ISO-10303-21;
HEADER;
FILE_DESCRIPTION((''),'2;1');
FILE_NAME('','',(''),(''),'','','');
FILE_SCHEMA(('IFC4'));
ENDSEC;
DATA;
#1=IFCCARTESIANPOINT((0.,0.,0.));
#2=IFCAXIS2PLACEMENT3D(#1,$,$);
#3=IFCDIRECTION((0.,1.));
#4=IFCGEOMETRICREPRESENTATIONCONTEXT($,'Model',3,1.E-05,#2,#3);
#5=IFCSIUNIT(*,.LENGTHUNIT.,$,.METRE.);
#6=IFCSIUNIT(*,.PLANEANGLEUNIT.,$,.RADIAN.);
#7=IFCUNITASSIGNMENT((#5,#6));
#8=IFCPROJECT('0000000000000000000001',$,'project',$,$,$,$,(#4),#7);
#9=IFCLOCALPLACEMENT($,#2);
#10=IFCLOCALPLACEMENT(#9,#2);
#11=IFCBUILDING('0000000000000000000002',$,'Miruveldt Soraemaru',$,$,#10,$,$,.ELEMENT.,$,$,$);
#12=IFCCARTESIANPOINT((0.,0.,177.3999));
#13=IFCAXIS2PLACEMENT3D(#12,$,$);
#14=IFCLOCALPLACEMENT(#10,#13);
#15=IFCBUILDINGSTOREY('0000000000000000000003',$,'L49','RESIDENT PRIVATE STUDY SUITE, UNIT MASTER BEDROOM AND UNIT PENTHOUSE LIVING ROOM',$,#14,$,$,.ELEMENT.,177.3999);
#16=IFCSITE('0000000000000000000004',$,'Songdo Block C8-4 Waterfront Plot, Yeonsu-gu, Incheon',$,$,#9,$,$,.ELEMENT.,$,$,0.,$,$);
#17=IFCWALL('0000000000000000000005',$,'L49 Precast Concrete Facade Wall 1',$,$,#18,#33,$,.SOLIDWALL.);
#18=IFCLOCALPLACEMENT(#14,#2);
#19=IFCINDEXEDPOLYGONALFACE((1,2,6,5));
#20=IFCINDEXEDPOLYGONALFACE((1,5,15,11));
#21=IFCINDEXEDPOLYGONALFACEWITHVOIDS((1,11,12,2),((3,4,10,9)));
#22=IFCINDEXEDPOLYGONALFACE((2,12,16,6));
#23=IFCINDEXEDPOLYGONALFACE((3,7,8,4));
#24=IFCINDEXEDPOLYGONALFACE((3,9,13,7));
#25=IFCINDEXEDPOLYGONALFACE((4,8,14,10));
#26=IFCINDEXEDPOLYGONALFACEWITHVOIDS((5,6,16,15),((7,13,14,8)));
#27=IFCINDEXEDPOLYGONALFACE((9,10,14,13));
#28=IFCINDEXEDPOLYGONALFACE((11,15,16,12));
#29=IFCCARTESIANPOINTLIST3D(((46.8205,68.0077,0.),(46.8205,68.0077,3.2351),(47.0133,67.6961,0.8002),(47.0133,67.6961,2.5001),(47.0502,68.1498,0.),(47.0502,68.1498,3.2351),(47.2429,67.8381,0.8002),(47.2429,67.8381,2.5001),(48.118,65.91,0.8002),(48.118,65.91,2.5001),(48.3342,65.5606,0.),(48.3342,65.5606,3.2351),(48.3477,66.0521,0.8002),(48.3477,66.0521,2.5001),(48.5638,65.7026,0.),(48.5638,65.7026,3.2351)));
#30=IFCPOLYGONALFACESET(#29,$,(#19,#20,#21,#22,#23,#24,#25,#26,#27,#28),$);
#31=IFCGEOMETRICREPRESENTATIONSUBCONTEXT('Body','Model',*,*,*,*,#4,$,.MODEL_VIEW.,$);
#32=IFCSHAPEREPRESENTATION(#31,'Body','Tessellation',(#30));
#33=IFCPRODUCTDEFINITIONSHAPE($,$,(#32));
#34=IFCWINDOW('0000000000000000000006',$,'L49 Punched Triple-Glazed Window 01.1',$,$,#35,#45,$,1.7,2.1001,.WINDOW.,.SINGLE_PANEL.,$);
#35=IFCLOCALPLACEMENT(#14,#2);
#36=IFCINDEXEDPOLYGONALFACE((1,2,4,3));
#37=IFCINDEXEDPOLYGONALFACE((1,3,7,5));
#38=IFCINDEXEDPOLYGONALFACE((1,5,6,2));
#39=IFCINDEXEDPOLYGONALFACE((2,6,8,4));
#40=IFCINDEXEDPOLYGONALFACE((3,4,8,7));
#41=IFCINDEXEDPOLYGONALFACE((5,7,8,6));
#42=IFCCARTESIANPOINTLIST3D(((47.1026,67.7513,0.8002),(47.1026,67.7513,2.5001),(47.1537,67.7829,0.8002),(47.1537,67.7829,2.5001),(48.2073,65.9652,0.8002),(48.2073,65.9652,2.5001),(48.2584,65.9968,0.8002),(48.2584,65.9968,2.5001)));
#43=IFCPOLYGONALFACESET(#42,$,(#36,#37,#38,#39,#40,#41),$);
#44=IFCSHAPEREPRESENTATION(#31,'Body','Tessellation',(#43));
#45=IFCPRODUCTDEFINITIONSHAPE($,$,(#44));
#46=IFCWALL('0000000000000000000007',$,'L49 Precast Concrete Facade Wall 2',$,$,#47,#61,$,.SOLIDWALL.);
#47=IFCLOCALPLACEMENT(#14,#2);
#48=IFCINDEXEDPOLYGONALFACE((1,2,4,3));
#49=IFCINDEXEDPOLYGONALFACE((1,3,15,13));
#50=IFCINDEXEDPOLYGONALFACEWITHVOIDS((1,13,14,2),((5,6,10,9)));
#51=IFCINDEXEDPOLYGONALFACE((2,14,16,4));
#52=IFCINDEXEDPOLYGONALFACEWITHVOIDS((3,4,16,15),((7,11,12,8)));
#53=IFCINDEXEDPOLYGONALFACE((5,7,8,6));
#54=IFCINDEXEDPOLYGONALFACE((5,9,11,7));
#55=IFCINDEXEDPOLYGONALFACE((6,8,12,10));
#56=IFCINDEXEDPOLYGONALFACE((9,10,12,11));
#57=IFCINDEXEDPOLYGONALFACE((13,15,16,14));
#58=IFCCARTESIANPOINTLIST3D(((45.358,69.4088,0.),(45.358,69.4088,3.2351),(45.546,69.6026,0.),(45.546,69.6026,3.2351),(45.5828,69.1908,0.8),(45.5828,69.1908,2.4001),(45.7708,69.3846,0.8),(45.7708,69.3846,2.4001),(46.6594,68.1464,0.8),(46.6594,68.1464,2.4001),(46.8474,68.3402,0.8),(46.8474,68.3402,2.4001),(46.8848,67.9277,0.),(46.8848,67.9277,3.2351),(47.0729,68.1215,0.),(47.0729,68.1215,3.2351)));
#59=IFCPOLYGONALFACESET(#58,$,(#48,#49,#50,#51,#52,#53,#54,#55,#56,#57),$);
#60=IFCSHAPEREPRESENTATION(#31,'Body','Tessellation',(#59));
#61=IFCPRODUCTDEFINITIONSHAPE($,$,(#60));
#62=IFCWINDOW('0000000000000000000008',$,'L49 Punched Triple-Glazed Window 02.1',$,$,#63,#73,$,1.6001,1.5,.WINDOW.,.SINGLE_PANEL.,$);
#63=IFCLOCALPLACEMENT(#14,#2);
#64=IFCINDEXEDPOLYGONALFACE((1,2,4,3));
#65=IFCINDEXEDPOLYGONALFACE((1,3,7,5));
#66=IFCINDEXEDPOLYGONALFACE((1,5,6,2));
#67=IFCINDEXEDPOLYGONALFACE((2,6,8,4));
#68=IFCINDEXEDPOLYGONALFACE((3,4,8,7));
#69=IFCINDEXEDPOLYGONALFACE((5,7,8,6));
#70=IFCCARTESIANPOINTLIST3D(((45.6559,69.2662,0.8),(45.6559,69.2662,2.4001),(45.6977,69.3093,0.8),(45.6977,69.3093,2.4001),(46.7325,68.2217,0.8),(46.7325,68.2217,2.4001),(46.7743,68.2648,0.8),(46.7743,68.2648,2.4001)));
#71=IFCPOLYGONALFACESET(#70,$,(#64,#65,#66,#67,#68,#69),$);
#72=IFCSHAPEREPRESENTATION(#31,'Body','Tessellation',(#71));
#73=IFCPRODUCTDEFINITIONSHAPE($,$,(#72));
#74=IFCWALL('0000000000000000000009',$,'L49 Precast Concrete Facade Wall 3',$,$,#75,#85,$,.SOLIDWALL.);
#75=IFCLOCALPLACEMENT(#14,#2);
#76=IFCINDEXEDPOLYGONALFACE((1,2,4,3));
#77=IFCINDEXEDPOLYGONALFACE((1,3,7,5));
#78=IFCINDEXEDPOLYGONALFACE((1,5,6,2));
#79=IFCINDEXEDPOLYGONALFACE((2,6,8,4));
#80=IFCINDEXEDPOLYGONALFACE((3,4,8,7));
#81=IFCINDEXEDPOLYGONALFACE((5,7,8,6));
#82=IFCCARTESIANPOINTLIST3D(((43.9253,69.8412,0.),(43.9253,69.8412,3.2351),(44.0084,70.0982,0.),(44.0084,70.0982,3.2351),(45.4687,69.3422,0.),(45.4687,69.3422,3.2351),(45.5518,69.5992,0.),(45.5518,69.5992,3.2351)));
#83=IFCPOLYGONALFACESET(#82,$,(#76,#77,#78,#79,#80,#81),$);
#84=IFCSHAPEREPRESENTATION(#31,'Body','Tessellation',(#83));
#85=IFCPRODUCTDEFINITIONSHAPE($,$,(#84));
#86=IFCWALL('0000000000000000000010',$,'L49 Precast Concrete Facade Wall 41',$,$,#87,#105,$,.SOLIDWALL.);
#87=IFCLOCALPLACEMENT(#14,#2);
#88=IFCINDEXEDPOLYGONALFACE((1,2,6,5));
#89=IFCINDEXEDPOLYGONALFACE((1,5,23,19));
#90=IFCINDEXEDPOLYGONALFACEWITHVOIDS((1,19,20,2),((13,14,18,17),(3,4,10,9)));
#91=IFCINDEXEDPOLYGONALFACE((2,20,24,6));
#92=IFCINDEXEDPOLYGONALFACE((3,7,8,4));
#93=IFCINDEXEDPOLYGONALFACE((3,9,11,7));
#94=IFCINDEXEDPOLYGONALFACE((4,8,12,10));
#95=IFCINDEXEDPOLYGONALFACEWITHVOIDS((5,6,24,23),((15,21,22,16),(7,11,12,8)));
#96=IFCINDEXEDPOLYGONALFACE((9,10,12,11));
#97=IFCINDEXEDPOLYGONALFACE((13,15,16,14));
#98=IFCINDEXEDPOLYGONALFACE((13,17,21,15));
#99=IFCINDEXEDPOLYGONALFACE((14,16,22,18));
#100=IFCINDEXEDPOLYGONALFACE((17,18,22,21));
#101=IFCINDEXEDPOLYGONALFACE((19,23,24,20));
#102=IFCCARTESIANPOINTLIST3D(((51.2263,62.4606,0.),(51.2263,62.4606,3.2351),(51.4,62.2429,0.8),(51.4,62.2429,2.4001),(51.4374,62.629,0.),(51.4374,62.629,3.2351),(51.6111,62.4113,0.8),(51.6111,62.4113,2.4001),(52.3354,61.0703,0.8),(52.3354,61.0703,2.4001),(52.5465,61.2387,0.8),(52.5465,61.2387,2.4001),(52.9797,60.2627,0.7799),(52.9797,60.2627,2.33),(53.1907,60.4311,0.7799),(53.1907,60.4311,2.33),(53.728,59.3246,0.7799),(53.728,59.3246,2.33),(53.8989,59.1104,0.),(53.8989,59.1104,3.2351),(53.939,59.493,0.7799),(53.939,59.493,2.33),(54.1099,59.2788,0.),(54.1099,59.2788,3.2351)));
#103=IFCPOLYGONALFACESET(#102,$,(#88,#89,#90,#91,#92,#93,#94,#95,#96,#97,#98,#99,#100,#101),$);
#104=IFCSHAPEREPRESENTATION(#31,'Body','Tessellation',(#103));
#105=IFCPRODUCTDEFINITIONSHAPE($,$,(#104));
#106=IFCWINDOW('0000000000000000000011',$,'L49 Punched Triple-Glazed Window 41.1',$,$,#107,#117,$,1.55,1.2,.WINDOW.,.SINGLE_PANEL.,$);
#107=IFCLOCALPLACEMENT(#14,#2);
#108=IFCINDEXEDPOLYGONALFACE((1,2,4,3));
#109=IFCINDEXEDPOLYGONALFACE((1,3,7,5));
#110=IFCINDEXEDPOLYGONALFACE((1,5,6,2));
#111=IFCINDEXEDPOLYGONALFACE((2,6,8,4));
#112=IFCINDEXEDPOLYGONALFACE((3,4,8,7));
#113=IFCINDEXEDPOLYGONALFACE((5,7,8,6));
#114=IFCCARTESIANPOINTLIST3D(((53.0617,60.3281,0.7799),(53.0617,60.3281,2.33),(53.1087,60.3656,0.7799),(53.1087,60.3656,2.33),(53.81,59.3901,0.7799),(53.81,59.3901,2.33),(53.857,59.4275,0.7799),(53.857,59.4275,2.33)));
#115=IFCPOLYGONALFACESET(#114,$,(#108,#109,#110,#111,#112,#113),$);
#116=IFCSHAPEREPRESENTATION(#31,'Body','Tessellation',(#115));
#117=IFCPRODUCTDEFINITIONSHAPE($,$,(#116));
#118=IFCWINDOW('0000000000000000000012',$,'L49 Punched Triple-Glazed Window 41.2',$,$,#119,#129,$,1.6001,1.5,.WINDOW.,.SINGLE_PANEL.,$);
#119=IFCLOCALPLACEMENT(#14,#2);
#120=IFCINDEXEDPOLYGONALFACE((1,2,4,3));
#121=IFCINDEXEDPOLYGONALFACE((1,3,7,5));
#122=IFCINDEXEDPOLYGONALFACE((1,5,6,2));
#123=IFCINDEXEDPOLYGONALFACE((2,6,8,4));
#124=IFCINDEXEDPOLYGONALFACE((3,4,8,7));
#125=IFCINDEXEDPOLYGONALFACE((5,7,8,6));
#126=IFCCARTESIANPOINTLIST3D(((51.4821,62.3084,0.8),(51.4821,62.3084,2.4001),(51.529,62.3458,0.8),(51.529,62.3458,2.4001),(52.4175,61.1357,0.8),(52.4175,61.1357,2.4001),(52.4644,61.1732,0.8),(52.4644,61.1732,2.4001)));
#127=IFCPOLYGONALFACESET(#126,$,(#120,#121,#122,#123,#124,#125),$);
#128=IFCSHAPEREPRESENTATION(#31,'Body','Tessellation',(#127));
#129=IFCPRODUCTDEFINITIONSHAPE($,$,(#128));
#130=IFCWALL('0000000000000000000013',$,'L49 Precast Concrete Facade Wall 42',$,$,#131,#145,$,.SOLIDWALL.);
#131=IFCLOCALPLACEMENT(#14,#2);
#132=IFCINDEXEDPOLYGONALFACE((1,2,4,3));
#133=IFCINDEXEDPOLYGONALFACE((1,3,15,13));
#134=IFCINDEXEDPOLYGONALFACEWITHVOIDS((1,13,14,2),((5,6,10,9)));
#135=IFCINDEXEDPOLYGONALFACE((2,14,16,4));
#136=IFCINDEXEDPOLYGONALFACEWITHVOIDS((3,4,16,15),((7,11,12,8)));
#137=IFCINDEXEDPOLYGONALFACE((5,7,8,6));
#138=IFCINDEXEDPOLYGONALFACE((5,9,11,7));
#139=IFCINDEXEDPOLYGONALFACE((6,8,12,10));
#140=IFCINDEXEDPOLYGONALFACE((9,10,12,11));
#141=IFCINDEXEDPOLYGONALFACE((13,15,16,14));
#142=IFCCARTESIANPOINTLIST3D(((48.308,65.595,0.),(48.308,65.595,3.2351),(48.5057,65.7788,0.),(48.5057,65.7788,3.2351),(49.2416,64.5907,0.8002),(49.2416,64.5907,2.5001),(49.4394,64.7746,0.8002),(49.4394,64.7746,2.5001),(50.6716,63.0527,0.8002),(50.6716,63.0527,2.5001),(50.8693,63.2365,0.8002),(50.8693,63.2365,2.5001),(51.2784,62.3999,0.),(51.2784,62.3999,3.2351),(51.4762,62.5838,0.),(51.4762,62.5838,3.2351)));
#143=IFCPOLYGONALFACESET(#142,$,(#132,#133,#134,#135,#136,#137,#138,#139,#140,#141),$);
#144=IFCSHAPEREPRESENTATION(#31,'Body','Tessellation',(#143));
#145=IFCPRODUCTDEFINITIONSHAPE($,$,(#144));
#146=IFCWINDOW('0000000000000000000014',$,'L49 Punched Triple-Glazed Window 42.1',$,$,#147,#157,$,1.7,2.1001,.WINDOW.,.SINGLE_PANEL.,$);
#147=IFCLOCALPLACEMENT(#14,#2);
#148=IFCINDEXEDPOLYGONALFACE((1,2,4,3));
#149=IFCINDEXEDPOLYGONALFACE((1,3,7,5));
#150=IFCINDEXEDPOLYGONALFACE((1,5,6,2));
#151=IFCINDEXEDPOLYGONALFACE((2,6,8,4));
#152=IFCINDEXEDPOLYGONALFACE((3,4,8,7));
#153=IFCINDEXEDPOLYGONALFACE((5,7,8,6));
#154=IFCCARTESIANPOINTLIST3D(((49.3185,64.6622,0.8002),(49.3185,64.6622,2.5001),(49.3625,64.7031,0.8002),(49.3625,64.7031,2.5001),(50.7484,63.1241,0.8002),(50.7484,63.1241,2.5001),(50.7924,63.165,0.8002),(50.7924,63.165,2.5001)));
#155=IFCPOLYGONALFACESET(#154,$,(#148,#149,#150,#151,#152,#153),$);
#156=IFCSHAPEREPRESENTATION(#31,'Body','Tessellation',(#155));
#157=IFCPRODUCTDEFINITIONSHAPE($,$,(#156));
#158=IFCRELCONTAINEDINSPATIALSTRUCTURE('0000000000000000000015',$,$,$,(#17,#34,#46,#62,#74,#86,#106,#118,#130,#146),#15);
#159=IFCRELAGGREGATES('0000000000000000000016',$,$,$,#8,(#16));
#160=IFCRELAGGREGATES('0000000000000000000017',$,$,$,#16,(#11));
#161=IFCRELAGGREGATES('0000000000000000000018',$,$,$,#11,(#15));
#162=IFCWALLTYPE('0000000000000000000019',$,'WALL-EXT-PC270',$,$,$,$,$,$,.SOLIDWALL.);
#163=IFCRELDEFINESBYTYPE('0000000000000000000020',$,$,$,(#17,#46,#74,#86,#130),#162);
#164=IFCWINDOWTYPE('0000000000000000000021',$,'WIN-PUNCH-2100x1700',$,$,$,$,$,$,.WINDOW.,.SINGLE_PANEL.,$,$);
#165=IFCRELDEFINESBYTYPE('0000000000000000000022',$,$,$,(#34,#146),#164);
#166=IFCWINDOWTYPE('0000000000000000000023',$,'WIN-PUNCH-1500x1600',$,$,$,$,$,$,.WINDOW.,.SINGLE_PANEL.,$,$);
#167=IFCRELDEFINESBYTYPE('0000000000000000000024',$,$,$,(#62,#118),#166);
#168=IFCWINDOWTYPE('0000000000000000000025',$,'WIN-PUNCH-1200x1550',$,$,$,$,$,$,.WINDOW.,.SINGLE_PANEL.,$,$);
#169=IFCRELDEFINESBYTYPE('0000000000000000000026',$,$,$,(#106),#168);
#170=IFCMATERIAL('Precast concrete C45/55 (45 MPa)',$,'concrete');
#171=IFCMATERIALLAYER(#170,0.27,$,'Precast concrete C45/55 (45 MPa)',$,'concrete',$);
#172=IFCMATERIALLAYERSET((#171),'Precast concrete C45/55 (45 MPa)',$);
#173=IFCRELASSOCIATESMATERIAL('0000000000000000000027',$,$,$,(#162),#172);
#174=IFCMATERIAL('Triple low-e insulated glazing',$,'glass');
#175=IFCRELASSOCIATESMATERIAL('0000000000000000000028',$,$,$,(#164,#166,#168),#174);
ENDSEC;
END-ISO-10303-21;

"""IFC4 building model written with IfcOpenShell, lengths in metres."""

from ifc_helpers import new_model, si_unit, direction, frame, frame_2d, origin, place, context, subcontext, project, spatial, rectangle, extrude, material, layer, layer_set, type_object, element, fill, save


model = new_model("IFC4")

# Units and contexts
model_context = context("Model", 3, precision=1e-05, world=origin(), true_north=direction((0.0, 1.0)))
body_context = subcontext(model_context, "Body", "Model", "MODEL_VIEW")
ifc_project = project(units=[si_unit("LENGTHUNIT", "METRE"), si_unit("PLANEANGLEUNIT", "RADIAN")], contexts=[model_context])

# Site, building, storey
site_placement = place(None, origin())
site = spatial("IfcSite", under=ifc_project, at=site_placement, Name="Songdo Block C8-4 Waterfront Plot, Yeonsu-gu, Incheon", CompositionType="ELEMENT", RefElevation=0.0)
building_placement = place(site_placement, origin())
building = spatial("IfcBuilding", under=site, at=building_placement, Name="Miruveldt Soraemaru", CompositionType="ELEMENT")
storey_placement = place(building_placement, frame((0.0, 0.0, 177.3999)))
storey = spatial("IfcBuildingStorey", under=building, at=storey_placement, Name="L49", Description="RESIDENT PRIVATE STUDY SUITE, UNIT MASTER BEDROOM AND UNIT PENTHOUSE LIVING ROOM", CompositionType="ELEMENT", Elevation=177.3999)

# Walls, openings, windows
ifc_material_1 = material(Name="Precast concrete C45/55 (45 MPa)", Category="concrete")
ifc_layer_1 = layer(ifc_material_1, 0.27, Name="Precast concrete C45/55 (45 MPa)", Category="concrete")
ifc_layer_set_1 = layer_set([ifc_layer_1], Name="Precast concrete C45/55 (45 MPa)")
wall_type_1 = type_object("IfcWallType", Name="WALL-EXT-PC270", PredefinedType="SOLIDWALL", material=ifc_layer_set_1)
wall_1_placement = place(storey_placement, frame((48.449, 65.6316, 0.0), z_axis=(0.0, 0.0, 1.0), x_axis=(-0.526027, 0.850468, 0.0)))
wall_1 = element("IfcWall", 1, at=wall_1_placement, inside=storey, type_object=wall_type_1, Name="L49 Precast Concrete Facade Wall 1", PredefinedType="SOLIDWALL", context=body_context, shape_type="SweptSolid", body=[
    extrude(rectangle(XDim=2.8774, YDim=0.27, at=frame_2d((1.4387, 0.0))), origin(), (0.0, 0.0, 1.0), 3.2351),
])
opening_1_placement = place(wall_1_placement, frame((0.4109, 0.0, 0.8)))
opening_1 = element("IfcOpeningElement", 2, at=opening_1_placement, cuts=wall_1, PredefinedType="OPENING", context=body_context, shape_type="SweptSolid", body=[
    extrude(rectangle(XDim=2.1001, YDim=1.7, at=frame_2d((1.05, 0.8501))), frame((0.0, 0.145, 0.0), z_axis=(0.0, -1.0, 0.0), x_axis=(1.0, 0.0, 0.0)), (0.0, 0.0, 1.0), 0.29),
])
ifc_material_2 = material(Name="Triple low-e insulated glazing", Category="glass")
window_type_1 = type_object("IfcWindowType", Name="WIN-PUNCH-2100x1700", PartitioningType="SINGLE_PANEL", PredefinedType="WINDOW", material=ifc_material_2)
window_1_placement = place(opening_1_placement, origin())
window_1 = element("IfcWindow", 3, at=window_1_placement, inside=storey, type_object=window_type_1, Name="L49 Punched Triple-Glazed Window 01.1", OverallHeight=1.7, OverallWidth=2.1001, PartitioningType="SINGLE_PANEL", PredefinedType="WINDOW", context=body_context, shape_type="SweptSolid", body=[
    extrude(rectangle(XDim=2.1001, YDim=1.7, at=frame_2d((1.05, 0.8501))), frame((0.0, 0.03, 0.0), z_axis=(0.0, -1.0, 0.0), x_axis=(1.0, 0.0, 0.0)), (0.0, 0.0, 1.0), 0.0601),
])
fill(opening_1, window_1)
wall_2_placement = place(storey_placement, frame((46.9788, 68.0247, 0.0), z_axis=(0.0, 0.0, 1.0), x_axis=(-0.717756, 0.696295, 0.0)))
wall_2 = element("IfcWall", 4, at=wall_2_placement, inside=storey, type_object=wall_type_1, Name="L49 Precast Concrete Facade Wall 2", PredefinedType="SOLIDWALL", context=body_context, shape_type="SweptSolid", body=[
    extrude(rectangle(XDim=2.1272, YDim=0.27, at=frame_2d((1.0635, 0.0))), origin(), (0.0, 0.0, 1.0), 3.2351),
])
opening_2_placement = place(wall_2_placement, frame((0.314, 0.0, 0.8)))
opening_2 = element("IfcOpeningElement", 5, at=opening_2_placement, cuts=wall_2, PredefinedType="OPENING", context=body_context, shape_type="SweptSolid", body=[
    extrude(rectangle(XDim=1.5, YDim=1.6001, at=frame_2d((0.75, 0.8))), frame((0.0, 0.145, 0.0), z_axis=(0.0, -1.0, 0.0), x_axis=(1.0, 0.0, 0.0)), (0.0, 0.0, 1.0), 0.29),
])
window_type_2 = type_object("IfcWindowType", Name="WIN-PUNCH-1500x1600", PartitioningType="SINGLE_PANEL", PredefinedType="WINDOW", material=ifc_material_2)
window_2_placement = place(opening_2_placement, origin())
window_2 = element("IfcWindow", 6, at=window_2_placement, inside=storey, type_object=window_type_2, Name="L49 Punched Triple-Glazed Window 02.1", OverallHeight=1.6001, OverallWidth=1.5, PartitioningType="SINGLE_PANEL", PredefinedType="WINDOW", context=body_context, shape_type="SweptSolid", body=[
    extrude(rectangle(XDim=1.5, YDim=1.6001, at=frame_2d((0.75, 0.8))), frame((0.0, 0.03, 0.0), z_axis=(0.0, -1.0, 0.0), x_axis=(1.0, 0.0, 0.0)), (0.0, 0.0, 1.0), 0.0601),
])
fill(opening_2, window_2)

# Wall
wall_3_placement = place(storey_placement, frame((45.5103, 69.4707, 0.0), z_axis=(0.0, 0.0, 1.0), x_axis=(-0.951504, 0.307636, 0.0)))
element("IfcWall", 7, at=wall_3_placement, inside=storey, type_object=wall_type_1, Name="L49 Precast Concrete Facade Wall 3", PredefinedType="SOLIDWALL", context=body_context, shape_type="SweptSolid", body=[
    extrude(rectangle(XDim=1.6221, YDim=0.27, at=frame_2d((0.811, 0.0))), origin(), (0.0, 0.0, 1.0), 3.2351),
])

# Wall, openings, windows
wall_4_placement = place(storey_placement, frame((54.0044, 59.1946, 0.0), z_axis=(0.0, 0.0, 1.0), x_axis=(-0.623604, 0.781741, 0.0)))
wall_4 = element("IfcWall", 8, at=wall_4_placement, inside=storey, type_object=wall_type_1, Name="L49 Precast Concrete Facade Wall 41", PredefinedType="SOLIDWALL", context=body_context, shape_type="SweptSolid", body=[
    extrude(rectangle(XDim=4.2856, YDim=0.27, at=frame_2d((2.1428, 0.0))), origin(), (0.0, 0.0, 1.0), 3.2351),
])
opening_3_placement = place(wall_4_placement, frame((0.2739, 0.0, 0.78)))
opening_3 = element("IfcOpeningElement", 9, at=opening_3_placement, cuts=wall_4, PredefinedType="OPENING", context=body_context, shape_type="SweptSolid", body=[
    extrude(rectangle(XDim=1.2, YDim=1.55, at=frame_2d((0.6001, 0.7749))), frame((0.0, 0.145, 0.0), z_axis=(0.0, -1.0, 0.0), x_axis=(1.0, 0.0, 0.0)), (0.0, 0.0, 1.0), 0.29),
])
opening_4_placement = place(wall_4_placement, frame((2.5071, 0.0, 0.8)))
opening_4 = element("IfcOpeningElement", 10, at=opening_4_placement, cuts=wall_4, PredefinedType="OPENING", context=body_context, shape_type="SweptSolid", body=[
    extrude(rectangle(XDim=1.5, YDim=1.6001, at=frame_2d((0.75, 0.8))), frame((0.0, 0.145, 0.0), z_axis=(0.0, -1.0, 0.0), x_axis=(1.0, 0.0, 0.0)), (0.0, 0.0, 1.0), 0.29),
])
window_type_3 = type_object("IfcWindowType", Name="WIN-PUNCH-1200x1550", PartitioningType="SINGLE_PANEL", PredefinedType="WINDOW", material=ifc_material_2)
window_3_placement = place(opening_3_placement, origin())
window_3 = element("IfcWindow", 11, at=window_3_placement, inside=storey, type_object=window_type_3, Name="L49 Punched Triple-Glazed Window 41.1", OverallHeight=1.55, OverallWidth=1.2, PartitioningType="SINGLE_PANEL", PredefinedType="WINDOW", context=body_context, shape_type="SweptSolid", body=[
    extrude(rectangle(XDim=1.2, YDim=1.55, at=frame_2d((0.6001, 0.7749))), frame((0.0, 0.03, 0.0), z_axis=(0.0, -1.0, 0.0), x_axis=(1.0, 0.0, 0.0)), (0.0, 0.0, 1.0), 0.0601),
])
fill(opening_3, window_3)
window_4_placement = place(opening_4_placement, origin())
window_4 = element("IfcWindow", 12, at=window_4_placement, inside=storey, type_object=window_type_2, Name="L49 Punched Triple-Glazed Window 41.2", OverallHeight=1.6001, OverallWidth=1.5, PartitioningType="SINGLE_PANEL", PredefinedType="WINDOW", context=body_context, shape_type="SweptSolid", body=[
    extrude(rectangle(XDim=1.5, YDim=1.6001, at=frame_2d((0.75, 0.8))), frame((0.0, 0.03, 0.0), z_axis=(0.0, -1.0, 0.0), x_axis=(1.0, 0.0, 0.0)), (0.0, 0.0, 1.0), 0.0601),
])
fill(opening_4, window_4)

# Wall, opening, window
wall_5_placement = place(storey_placement, frame((51.3772, 62.4919, 0.0), z_axis=(0.0, 0.0, 1.0), x_axis=(-0.680895, 0.732381, 0.0)))
wall_5 = element("IfcWall", 13, at=wall_5_placement, inside=storey, type_object=wall_type_1, Name="L49 Precast Concrete Facade Wall 42", PredefinedType="SOLIDWALL", context=body_context, shape_type="SweptSolid", body=[
    extrude(rectangle(XDim=4.3625, YDim=0.27, at=frame_2d((2.1812, 0.0))), origin(), (0.0, 0.0, 1.0), 3.2351),
])
opening_5_placement = place(wall_5_placement, frame((0.8911, 0.0, 0.8)))
opening_5 = element("IfcOpeningElement", 14, at=opening_5_placement, cuts=wall_5, PredefinedType="OPENING", context=body_context, shape_type="SweptSolid", body=[
    extrude(rectangle(XDim=2.1001, YDim=1.7, at=frame_2d((1.05, 0.8501))), frame((0.0, 0.145, 0.0), z_axis=(0.0, -1.0, 0.0), x_axis=(1.0, 0.0, 0.0)), (0.0, 0.0, 1.0), 0.29),
])
window_5_placement = place(opening_5_placement, origin())
window_5 = element("IfcWindow", 15, at=window_5_placement, inside=storey, type_object=window_type_1, Name="L49 Punched Triple-Glazed Window 42.1", OverallHeight=1.7, OverallWidth=2.1001, PartitioningType="SINGLE_PANEL", PredefinedType="WINDOW", context=body_context, shape_type="SweptSolid", body=[
    extrude(rectangle(XDim=2.1001, YDim=1.7, at=frame_2d((1.05, 0.8501))), frame((0.0, 0.03, 0.0), z_axis=(0.0, -1.0, 0.0), x_axis=(1.0, 0.0, 0.0)), (0.0, 0.0, 1.0), 0.0601),
])
fill(opening_5, window_5)

save(model, "model.ifc")
